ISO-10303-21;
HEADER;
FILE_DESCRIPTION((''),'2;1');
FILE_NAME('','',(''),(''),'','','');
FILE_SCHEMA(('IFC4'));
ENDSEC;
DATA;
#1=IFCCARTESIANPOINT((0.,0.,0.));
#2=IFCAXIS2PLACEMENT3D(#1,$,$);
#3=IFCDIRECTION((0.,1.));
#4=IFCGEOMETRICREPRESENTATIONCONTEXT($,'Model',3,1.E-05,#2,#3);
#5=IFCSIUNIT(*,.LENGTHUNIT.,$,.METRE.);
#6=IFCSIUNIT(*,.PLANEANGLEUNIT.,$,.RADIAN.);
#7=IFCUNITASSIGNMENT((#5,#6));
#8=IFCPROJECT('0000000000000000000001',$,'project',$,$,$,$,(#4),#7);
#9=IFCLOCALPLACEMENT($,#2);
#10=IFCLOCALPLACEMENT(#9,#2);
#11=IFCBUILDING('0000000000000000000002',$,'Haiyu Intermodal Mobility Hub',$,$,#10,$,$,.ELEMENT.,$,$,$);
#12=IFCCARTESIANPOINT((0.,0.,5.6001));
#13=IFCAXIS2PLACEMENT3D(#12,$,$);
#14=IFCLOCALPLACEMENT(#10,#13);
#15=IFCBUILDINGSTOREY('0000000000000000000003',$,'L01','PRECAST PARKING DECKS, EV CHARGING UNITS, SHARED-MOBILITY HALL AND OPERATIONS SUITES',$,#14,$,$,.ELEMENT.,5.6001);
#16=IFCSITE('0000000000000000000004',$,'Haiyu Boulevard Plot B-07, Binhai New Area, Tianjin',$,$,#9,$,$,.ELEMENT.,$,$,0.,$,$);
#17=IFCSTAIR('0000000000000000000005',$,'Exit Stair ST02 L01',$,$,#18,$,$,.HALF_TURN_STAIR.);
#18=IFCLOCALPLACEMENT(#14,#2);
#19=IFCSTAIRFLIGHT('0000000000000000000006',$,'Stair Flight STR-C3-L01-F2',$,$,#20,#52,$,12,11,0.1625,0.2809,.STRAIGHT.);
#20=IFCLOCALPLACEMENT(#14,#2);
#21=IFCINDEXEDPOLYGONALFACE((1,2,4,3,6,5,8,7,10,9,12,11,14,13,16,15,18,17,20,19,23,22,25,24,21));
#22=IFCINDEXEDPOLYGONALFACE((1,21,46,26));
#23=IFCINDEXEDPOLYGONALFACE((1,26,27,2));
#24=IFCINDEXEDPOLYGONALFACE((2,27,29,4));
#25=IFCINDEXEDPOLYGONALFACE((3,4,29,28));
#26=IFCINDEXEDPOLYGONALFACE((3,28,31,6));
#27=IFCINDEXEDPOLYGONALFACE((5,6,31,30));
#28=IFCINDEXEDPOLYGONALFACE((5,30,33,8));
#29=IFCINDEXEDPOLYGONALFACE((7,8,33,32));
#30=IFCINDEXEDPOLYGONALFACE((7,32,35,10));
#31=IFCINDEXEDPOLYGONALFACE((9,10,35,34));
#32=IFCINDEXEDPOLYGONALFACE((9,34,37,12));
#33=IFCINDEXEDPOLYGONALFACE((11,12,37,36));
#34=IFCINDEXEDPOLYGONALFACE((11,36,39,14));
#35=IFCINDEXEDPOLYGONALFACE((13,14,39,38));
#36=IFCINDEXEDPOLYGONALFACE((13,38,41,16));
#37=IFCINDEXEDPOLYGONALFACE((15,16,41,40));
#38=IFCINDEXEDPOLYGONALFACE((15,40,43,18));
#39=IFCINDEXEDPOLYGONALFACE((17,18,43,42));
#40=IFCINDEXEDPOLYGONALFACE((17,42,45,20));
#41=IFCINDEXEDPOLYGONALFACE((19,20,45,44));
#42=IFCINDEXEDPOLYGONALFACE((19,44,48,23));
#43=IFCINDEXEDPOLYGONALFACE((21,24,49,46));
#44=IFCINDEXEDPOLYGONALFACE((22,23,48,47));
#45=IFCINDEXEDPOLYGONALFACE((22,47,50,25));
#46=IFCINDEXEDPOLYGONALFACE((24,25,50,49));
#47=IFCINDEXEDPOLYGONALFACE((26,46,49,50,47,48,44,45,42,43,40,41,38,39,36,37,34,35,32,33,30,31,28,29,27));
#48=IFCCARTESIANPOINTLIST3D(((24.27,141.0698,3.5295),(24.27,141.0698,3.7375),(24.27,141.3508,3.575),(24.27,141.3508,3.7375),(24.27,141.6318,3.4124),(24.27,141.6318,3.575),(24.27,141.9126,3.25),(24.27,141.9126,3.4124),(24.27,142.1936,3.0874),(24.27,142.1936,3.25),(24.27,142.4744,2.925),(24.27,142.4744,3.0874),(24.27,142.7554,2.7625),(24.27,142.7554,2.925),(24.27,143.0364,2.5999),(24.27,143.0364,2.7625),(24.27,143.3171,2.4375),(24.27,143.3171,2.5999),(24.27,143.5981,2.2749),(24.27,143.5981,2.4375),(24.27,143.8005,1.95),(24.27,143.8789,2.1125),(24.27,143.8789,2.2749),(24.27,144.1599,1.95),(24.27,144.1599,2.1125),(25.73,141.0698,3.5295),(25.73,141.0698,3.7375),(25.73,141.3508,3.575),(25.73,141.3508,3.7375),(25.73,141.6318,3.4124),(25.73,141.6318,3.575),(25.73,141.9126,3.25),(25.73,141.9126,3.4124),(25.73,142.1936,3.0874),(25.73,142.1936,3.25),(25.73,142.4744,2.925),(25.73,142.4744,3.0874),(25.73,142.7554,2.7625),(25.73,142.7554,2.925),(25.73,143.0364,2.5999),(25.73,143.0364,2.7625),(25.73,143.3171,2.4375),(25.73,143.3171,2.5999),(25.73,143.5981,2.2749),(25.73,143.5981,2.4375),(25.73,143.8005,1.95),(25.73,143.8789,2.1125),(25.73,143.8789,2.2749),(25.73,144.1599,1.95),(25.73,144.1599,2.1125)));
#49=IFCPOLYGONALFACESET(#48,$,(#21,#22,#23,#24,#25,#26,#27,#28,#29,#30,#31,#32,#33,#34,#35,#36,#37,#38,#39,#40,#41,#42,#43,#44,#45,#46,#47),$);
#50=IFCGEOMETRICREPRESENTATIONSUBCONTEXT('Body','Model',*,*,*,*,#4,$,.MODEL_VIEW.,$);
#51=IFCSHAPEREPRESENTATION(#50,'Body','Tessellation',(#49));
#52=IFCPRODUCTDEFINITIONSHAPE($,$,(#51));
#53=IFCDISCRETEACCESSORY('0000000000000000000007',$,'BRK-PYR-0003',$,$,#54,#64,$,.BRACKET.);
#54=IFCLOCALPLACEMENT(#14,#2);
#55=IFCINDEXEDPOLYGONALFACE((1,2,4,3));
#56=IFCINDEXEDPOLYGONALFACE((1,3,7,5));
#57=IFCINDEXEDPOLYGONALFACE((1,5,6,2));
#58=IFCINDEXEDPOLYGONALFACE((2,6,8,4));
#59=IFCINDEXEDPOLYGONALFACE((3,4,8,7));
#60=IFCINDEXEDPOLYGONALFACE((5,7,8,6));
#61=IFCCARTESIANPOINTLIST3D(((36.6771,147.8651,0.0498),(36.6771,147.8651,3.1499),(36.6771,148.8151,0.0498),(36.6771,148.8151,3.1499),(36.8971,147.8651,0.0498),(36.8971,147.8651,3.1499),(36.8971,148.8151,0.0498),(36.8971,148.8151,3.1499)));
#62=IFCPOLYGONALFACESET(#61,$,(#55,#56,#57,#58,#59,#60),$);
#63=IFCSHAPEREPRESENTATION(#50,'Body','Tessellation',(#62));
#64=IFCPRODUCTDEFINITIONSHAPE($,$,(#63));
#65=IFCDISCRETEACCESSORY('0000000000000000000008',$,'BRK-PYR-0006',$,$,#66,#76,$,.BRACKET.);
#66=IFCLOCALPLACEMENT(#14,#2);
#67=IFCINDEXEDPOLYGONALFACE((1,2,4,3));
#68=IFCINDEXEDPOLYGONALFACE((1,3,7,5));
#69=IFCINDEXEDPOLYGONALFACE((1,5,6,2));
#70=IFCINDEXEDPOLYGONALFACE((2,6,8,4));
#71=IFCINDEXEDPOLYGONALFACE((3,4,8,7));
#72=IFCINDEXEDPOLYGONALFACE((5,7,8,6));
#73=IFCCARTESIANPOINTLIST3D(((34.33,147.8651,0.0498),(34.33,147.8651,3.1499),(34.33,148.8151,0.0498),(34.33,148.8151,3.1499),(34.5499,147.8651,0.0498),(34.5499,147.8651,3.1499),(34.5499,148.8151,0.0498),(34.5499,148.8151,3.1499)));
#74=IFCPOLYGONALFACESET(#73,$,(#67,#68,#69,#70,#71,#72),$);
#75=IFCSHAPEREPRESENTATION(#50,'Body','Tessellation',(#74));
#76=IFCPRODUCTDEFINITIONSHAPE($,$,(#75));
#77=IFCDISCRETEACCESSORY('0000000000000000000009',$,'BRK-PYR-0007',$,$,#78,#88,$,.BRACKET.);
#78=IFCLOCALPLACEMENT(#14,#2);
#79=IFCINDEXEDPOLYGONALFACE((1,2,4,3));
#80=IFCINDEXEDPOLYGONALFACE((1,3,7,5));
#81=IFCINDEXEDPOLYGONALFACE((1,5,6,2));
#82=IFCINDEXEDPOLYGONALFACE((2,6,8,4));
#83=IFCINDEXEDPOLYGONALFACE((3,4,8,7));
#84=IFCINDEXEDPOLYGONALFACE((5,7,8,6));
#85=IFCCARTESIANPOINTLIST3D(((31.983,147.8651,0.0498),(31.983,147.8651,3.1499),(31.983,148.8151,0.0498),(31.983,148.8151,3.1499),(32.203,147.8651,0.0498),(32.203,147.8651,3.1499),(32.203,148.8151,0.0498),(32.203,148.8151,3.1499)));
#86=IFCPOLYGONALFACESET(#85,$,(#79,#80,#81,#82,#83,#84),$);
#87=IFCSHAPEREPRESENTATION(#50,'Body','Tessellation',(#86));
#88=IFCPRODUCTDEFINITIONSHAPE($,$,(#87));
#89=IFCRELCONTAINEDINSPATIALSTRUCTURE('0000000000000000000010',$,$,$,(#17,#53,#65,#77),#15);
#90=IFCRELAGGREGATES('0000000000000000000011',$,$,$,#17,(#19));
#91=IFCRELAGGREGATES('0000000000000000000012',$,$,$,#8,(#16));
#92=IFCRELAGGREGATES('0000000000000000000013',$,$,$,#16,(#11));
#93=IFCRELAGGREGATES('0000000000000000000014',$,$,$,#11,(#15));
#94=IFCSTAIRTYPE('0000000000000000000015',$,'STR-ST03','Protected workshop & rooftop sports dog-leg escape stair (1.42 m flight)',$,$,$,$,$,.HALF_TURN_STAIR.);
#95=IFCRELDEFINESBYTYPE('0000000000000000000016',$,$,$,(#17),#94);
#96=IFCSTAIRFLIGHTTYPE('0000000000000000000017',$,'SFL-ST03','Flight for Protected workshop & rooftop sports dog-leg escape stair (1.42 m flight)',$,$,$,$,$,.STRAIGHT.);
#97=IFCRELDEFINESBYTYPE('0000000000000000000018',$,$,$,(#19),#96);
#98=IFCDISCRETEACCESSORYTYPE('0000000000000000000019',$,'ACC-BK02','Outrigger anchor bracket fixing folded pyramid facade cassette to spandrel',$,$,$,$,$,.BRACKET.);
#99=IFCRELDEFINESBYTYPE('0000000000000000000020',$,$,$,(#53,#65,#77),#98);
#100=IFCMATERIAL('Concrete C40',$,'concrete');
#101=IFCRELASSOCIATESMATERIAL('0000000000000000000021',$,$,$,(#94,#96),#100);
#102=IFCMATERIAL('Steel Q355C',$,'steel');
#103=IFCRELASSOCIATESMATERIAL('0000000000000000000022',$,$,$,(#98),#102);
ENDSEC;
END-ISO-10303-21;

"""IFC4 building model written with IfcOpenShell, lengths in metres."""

from ifc_helpers import new_model, si_unit, direction, frame, origin, origin_2d, place, context, subcontext, project, spatial, polyline, rectangle, outline, extrude, material, type_object, element, aggregate, save


model = new_model("IFC4")

# Units and contexts
model_context = context("Model", 3, precision=1e-05, world=origin(), true_north=direction((0.0, 1.0)))
body_context = subcontext(model_context, "Body", "Model", "MODEL_VIEW")
ifc_project = project(units=[si_unit("LENGTHUNIT", "METRE"), si_unit("PLANEANGLEUNIT", "RADIAN")], contexts=[model_context])

# Site, building, storey
site_placement = place(None, origin())
site = spatial("IfcSite", under=ifc_project, at=site_placement, Name="Haiyu Boulevard Plot B-07, Binhai New Area, Tianjin", CompositionType="ELEMENT", RefElevation=0.0)
building_placement = place(site_placement, origin())
building = spatial("IfcBuilding", under=site, at=building_placement, Name="Haiyu Intermodal Mobility Hub", CompositionType="ELEMENT")
storey_placement = place(building_placement, frame((0.0, 0.0, 5.6001)))
storey = spatial("IfcBuildingStorey", under=building, at=storey_placement, Name="L01", Description="PRECAST PARKING DECKS, EV CHARGING UNITS, SHARED-MOBILITY HALL AND OPERATIONS SUITES", CompositionType="ELEMENT", Elevation=5.6001)

# Shared definitions
ifc_material_1 = material(Name="Steel Q355C", Category="steel")

# Stair, stair flight
ifc_material_2 = material(Name="Concrete C40", Category="concrete")
stair_type = type_object("IfcStairType", Name="STR-ST03", Description="Protected workshop & rooftop sports dog-leg escape stair (1.42 m flight)", PredefinedType="HALF_TURN_STAIR", material=ifc_material_2)
stair_placement = place(storey_placement, origin())
stair = element("IfcStair", 1, at=stair_placement, inside=storey, type_object=stair_type, Name="Exit Stair ST02 L01", PredefinedType="HALF_TURN_STAIR")
stair_flight_type = type_object("IfcStairFlightType", Name="SFL-ST03", Description="Flight for Protected workshop & rooftop sports dog-leg escape stair (1.42 m flight)", PredefinedType="STRAIGHT", material=ifc_material_2)
stair_flight_placement = place(storey_placement, frame((25.0, 144.1599, 1.95), z_axis=(0.0, 0.0, 1.0), x_axis=(0.0, -1.0, 0.0)))
stair_flight = element("IfcStairFlight", 2, at=stair_flight_placement, type_object=stair_flight_type, Name="Stair Flight STR-C3-L01-F2", NumberOfRisers=12, NumberOfTreads=11, PredefinedType="STRAIGHT", RiserHeight=0.1625, TreadLength=0.2809, context=body_context, shape_type="SweptSolid", body=[
    extrude(outline(polyline([(0.0, 0.0), (0.0, 0.1626), (0.281, 0.1626), (0.281, 0.325), (0.5618, 0.325), (0.5618, 0.4875), (0.8428, 0.4875), (0.8428, 0.6499), (1.1235, 0.6499), (1.1235, 0.8125), (1.4045, 0.8125), (1.4045, 0.9751), (1.6855, 0.9751), (1.6855, 1.1375), (1.9663, 1.1375), (1.9663, 1.3), (2.2473, 1.3), (2.2473, 1.4624), (2.5281, 1.4624), (2.5281, 1.625), (2.8091, 1.625), (2.8091, 1.7876), (3.0901, 1.7876), (3.0901, 1.95), (3.0901, 1.5796), (0.3594, 0.0), (0.0, 0.0)])), frame((0.0, 0.73, 0.0), z_axis=(0.0, -1.0, 0.0), x_axis=(1.0, 0.0, 0.0)), (0.0, 0.0, 1.0), 1.46),
])
aggregate(stair, [stair_flight])

# Discrete accessories
discrete_accessory_type = type_object("IfcDiscreteAccessoryType", Name="ACC-BK02", Description="Outrigger anchor bracket fixing folded pyramid facade cassette to spandrel", PredefinedType="BRACKET", material=ifc_material_1)
for number, where, z_axis, x_axis, name in (
    (3, (36.7871, 148.3401, 0.0498), (0.0, 0.0, 1.0), (1.0, 0.0, 0.0), "BRK-PYR-0003"),
    (4, (34.4399, 148.3401, 0.0498), (0.0, 0.0, 1.0), (1.0, 0.0, 0.0), "BRK-PYR-0006"),
    (5, (32.093, 148.3401, 0.0498), (0.0, 0.0, 1.0), (1.0, 0.0, 0.0), "BRK-PYR-0007"),
):
    element("IfcDiscreteAccessory", number, at=place(storey_placement, frame(where, z_axis=z_axis, x_axis=x_axis)), inside=storey, type_object=discrete_accessory_type, Name=name, PredefinedType="BRACKET", context=body_context, shape_type="SweptSolid", body=[
        extrude(rectangle(XDim=0.22, YDim=0.95, at=origin_2d()), origin(), (0.0, 0.0, 1.0), 3.1001),
    ])

save(model, "model.ifc")
